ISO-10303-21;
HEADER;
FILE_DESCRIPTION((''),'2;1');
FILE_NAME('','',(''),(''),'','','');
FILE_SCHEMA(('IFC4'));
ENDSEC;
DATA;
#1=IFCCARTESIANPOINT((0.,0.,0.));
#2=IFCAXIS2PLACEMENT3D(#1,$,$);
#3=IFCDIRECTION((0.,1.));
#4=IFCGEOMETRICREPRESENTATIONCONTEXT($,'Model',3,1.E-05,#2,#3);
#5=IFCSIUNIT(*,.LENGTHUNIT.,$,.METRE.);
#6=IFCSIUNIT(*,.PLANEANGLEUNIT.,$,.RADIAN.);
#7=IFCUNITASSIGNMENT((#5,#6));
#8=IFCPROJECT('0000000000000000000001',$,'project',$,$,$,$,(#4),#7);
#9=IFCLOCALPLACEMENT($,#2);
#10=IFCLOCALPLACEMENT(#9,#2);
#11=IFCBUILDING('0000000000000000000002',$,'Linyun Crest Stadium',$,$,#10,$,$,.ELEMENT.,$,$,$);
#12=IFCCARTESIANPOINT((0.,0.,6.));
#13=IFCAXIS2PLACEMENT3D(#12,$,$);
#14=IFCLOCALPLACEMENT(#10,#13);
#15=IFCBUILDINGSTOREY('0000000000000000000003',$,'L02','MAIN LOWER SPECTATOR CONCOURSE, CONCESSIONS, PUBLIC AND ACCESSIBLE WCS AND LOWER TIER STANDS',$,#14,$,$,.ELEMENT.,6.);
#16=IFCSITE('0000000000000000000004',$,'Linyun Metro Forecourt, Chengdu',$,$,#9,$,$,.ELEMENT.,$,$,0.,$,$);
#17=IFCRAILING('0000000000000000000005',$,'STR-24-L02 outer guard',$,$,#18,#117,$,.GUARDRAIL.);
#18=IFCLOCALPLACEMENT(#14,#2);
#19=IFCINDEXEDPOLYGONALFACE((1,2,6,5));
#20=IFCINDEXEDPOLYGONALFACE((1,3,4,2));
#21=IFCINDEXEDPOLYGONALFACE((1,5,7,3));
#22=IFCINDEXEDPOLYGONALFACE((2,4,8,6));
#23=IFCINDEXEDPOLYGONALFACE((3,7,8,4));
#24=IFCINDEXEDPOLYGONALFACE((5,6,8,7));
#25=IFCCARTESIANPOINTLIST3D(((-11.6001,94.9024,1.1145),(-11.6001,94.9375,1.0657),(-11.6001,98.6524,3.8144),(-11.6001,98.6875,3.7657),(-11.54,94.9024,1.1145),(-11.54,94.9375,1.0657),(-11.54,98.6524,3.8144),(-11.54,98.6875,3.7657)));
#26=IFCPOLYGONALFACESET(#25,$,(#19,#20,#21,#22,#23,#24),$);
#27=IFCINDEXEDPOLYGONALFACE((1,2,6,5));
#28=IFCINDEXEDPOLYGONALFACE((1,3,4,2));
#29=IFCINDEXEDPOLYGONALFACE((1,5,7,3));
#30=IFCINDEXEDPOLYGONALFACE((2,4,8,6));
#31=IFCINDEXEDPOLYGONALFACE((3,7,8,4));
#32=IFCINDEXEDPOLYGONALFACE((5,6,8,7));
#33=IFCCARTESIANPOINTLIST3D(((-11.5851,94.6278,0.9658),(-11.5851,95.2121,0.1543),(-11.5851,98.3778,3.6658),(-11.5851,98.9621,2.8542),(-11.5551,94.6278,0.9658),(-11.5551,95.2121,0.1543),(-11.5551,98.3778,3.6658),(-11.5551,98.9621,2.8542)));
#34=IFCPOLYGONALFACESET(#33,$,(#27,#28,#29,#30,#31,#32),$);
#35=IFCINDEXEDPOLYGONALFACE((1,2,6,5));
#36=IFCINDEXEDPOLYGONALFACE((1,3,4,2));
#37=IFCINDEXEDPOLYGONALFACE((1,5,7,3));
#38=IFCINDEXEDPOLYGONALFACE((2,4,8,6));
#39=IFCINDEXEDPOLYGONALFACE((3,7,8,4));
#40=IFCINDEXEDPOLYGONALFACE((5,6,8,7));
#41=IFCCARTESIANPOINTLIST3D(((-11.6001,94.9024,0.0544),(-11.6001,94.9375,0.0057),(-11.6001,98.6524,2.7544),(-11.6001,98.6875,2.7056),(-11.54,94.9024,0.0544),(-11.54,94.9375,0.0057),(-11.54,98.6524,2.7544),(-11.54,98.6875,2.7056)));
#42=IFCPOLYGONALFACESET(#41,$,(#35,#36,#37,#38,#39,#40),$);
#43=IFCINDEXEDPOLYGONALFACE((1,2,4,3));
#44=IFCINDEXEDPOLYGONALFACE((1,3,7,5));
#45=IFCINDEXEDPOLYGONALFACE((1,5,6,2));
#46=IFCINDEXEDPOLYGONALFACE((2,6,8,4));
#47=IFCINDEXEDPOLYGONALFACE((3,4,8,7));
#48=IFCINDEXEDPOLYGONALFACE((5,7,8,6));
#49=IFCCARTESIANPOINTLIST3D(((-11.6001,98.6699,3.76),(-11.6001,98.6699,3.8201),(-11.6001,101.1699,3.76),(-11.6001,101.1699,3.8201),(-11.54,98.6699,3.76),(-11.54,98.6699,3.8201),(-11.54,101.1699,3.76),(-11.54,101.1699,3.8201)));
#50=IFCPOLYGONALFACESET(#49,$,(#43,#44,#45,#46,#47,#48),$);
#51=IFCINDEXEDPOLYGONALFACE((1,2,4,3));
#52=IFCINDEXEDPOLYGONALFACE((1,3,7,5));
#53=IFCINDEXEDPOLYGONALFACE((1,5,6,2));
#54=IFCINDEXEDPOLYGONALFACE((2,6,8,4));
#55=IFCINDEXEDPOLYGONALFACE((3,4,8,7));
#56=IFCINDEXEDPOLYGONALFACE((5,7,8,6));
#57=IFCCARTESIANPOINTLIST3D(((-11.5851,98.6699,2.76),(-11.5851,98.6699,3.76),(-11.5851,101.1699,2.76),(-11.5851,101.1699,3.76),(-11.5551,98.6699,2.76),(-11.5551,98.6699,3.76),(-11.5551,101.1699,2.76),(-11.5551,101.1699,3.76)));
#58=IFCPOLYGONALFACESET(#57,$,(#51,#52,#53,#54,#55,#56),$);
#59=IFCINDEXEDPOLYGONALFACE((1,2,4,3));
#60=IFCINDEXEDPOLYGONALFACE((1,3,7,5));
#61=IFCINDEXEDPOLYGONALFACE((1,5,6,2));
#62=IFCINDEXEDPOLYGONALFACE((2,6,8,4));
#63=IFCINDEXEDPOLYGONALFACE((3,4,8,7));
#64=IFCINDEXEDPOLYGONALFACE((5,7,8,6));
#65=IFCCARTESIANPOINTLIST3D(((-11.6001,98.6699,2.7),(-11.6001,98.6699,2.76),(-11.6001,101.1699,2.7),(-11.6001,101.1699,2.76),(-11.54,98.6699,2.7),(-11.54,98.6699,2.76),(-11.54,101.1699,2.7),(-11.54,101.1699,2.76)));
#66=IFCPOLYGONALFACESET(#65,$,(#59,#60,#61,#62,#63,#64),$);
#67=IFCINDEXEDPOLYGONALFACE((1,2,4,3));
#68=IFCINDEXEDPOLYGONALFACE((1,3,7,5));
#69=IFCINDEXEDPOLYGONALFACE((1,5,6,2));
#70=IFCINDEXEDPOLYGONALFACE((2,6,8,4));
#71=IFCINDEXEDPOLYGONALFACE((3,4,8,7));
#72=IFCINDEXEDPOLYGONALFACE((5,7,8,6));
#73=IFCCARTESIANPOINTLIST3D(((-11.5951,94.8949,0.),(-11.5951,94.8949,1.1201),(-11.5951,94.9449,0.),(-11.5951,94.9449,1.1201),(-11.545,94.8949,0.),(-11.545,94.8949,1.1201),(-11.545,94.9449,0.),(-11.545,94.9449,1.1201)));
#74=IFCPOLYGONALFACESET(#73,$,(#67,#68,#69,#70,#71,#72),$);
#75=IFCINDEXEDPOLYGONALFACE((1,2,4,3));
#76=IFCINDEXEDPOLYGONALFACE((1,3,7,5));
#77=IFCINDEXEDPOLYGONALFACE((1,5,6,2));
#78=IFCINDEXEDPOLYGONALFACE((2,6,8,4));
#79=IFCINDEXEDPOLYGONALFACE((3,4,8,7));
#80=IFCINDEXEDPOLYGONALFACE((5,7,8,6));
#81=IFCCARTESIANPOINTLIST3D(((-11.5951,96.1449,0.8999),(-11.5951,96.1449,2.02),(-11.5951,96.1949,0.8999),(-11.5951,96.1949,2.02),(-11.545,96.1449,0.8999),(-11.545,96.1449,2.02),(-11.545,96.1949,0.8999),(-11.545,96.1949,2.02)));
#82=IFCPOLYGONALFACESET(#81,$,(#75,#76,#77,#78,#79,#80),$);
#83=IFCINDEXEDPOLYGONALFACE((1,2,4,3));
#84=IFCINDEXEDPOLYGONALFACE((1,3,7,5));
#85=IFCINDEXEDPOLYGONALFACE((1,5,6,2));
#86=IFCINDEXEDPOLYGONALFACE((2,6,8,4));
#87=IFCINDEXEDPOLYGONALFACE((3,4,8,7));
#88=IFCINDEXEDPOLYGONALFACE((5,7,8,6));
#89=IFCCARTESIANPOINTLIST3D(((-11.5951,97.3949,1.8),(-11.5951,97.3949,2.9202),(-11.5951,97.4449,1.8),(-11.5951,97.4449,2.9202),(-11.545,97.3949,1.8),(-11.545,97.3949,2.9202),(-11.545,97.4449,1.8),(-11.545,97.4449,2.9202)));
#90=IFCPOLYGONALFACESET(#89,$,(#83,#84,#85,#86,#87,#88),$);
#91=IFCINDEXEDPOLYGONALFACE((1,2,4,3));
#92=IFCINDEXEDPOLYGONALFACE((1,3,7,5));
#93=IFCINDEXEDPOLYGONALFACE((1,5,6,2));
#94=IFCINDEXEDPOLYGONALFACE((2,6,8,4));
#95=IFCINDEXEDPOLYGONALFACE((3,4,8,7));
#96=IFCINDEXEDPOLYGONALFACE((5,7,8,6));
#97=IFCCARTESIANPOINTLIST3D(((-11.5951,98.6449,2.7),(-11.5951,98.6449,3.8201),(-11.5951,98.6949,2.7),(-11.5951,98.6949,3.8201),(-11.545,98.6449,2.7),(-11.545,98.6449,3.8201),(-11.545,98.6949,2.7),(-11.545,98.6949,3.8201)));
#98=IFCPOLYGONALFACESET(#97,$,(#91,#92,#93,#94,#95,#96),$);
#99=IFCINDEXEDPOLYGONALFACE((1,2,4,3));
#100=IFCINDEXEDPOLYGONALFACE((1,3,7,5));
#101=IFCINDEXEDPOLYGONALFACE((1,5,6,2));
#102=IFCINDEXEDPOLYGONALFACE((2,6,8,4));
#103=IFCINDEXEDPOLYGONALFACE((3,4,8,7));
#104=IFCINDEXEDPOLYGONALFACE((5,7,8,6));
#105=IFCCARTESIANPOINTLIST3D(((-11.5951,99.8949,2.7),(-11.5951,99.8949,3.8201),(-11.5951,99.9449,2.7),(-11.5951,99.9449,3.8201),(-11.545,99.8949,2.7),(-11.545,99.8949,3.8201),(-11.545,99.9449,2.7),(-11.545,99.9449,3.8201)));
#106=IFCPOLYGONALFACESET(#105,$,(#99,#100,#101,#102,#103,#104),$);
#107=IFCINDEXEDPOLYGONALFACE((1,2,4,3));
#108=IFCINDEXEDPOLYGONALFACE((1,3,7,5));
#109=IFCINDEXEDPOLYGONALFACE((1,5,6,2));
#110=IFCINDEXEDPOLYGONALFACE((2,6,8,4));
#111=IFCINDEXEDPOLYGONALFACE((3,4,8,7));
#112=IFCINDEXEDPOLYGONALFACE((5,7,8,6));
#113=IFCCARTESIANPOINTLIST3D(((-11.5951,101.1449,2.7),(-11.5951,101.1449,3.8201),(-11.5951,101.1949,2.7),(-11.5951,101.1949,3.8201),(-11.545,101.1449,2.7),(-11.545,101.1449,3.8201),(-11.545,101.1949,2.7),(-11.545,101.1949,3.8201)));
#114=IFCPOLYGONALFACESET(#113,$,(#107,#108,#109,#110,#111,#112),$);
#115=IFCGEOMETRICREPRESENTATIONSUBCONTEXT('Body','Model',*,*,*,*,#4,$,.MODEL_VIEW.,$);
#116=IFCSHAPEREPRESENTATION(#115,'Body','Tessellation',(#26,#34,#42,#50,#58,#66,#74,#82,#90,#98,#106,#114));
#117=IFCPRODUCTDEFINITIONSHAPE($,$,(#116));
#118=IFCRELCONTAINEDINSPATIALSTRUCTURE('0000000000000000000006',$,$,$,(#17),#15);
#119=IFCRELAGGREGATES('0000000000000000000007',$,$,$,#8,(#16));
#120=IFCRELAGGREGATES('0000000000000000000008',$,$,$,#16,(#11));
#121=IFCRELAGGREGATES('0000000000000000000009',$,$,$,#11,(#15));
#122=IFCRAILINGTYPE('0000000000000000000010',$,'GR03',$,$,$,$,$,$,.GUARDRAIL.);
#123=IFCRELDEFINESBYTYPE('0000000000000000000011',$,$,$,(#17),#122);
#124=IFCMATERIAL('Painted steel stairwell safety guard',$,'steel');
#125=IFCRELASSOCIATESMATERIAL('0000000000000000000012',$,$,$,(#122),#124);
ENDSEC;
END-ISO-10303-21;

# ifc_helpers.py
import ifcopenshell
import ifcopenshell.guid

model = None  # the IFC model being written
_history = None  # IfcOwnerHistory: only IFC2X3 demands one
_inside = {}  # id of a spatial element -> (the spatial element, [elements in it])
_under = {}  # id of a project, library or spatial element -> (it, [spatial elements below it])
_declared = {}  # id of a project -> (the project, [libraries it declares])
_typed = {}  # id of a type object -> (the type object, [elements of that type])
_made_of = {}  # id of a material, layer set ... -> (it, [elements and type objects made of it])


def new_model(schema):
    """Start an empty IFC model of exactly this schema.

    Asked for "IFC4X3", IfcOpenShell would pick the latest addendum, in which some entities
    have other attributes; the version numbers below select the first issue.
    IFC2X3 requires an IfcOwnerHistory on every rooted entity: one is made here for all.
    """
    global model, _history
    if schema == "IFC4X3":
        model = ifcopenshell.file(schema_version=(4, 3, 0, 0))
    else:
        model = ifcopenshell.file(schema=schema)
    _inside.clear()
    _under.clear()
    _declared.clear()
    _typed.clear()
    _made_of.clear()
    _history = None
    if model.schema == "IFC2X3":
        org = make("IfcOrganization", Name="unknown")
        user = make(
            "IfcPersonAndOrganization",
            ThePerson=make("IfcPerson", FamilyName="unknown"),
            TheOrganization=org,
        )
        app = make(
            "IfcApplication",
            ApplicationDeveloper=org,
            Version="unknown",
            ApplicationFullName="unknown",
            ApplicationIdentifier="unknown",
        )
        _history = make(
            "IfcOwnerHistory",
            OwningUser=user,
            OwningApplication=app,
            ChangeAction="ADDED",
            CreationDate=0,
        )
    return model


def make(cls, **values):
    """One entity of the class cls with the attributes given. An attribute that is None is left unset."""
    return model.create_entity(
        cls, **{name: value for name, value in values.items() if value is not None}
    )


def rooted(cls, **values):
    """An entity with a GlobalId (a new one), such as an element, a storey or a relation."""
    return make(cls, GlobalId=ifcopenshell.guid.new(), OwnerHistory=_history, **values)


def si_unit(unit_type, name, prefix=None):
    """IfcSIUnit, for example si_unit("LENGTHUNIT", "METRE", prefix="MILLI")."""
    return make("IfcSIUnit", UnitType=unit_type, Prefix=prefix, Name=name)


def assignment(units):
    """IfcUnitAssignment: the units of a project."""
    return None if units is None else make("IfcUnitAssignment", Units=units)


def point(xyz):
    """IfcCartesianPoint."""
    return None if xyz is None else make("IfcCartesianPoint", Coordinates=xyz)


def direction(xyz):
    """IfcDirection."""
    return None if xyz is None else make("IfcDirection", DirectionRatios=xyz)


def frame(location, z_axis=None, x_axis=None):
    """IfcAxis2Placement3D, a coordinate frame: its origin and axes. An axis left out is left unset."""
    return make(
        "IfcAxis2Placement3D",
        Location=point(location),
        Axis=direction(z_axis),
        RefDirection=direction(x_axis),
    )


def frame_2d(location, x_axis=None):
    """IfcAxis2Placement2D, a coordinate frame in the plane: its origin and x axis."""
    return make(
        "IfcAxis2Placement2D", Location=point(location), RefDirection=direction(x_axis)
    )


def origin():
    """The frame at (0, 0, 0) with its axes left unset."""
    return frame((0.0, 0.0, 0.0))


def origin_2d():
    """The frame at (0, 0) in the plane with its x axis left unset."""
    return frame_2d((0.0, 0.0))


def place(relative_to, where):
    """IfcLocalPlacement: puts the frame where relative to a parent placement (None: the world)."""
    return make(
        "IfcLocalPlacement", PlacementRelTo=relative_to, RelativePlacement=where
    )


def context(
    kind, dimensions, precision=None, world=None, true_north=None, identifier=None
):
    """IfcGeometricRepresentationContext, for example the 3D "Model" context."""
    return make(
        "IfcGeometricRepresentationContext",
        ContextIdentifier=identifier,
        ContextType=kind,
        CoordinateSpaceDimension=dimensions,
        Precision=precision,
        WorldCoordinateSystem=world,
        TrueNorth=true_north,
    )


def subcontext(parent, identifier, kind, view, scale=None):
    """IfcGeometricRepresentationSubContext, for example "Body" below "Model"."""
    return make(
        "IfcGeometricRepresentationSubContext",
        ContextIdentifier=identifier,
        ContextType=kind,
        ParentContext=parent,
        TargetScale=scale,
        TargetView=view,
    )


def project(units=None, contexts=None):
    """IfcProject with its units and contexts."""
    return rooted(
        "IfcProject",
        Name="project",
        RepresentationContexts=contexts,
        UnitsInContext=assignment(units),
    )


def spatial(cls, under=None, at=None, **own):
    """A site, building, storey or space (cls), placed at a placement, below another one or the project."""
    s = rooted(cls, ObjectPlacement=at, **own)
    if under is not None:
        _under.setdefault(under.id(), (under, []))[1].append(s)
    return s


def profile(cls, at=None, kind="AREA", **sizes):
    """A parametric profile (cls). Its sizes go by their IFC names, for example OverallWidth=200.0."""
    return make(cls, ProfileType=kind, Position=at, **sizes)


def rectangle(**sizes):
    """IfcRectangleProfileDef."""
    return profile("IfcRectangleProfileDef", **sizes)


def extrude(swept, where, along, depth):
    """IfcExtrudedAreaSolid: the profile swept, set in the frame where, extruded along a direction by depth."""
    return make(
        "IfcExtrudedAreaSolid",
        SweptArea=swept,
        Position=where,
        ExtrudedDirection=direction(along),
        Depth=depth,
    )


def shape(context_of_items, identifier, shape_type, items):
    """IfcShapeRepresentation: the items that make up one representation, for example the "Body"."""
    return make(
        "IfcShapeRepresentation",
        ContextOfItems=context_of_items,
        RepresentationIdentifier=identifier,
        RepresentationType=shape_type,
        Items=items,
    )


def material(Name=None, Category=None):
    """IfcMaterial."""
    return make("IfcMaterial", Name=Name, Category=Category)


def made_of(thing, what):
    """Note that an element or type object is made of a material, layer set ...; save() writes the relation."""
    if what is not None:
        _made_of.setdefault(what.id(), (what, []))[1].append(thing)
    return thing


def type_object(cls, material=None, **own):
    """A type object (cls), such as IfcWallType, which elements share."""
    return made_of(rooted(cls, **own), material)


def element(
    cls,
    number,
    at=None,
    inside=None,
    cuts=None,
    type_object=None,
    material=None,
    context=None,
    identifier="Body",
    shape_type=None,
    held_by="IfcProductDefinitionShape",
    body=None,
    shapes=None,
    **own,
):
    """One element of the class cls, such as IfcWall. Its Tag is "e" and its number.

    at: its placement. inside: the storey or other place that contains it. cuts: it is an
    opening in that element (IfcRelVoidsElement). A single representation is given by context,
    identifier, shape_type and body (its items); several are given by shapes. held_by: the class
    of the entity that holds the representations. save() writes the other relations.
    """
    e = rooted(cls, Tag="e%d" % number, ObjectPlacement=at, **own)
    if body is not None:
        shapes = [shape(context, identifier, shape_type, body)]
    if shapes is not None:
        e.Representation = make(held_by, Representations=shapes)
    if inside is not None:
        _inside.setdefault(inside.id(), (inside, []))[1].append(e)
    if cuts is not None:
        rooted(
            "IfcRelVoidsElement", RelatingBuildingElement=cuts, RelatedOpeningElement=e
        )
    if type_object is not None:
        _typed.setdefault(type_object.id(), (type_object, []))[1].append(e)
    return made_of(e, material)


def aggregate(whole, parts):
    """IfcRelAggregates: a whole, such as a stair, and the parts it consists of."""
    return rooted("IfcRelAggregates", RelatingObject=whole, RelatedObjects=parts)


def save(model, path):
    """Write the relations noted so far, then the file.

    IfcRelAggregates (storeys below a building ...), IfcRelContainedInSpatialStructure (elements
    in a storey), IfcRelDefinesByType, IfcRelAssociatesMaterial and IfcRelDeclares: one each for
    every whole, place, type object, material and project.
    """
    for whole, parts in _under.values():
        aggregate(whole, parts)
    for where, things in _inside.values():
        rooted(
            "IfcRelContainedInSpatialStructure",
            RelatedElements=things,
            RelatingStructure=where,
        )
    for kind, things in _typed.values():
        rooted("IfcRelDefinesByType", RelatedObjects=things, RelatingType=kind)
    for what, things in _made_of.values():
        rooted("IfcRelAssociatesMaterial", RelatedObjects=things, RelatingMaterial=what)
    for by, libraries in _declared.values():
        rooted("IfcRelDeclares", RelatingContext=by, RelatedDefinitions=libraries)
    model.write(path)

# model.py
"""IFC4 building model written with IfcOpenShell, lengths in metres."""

from ifc_helpers import new_model, si_unit, direction, frame, origin, origin_2d, place, context, subcontext, project, spatial, rectangle, extrude, material, type_object, element, save


model = new_model("IFC4")

# Units and contexts
model_context = context("Model", 3, precision=1e-05, world=origin(), true_north=direction((0.0, 1.0)))
body_context = subcontext(model_context, "Body", "Model", "MODEL_VIEW")
ifc_project = project(units=[si_unit("LENGTHUNIT", "METRE"), si_unit("PLANEANGLEUNIT", "RADIAN")], contexts=[model_context])

# Site, building, storey
site_placement = place(None, origin())
site = spatial("IfcSite", under=ifc_project, at=site_placement, Name="Linyun Metro Forecourt, Chengdu", CompositionType="ELEMENT", RefElevation=0.0)
building_placement = place(site_placement, origin())
building = spatial("IfcBuilding", under=site, at=building_placement, Name="Linyun Crest Stadium", CompositionType="ELEMENT")
storey_placement = place(building_placement, frame((0.0, 0.0, 6.0)))
storey = spatial("IfcBuildingStorey", under=building, at=storey_placement, Name="L02", Description="MAIN LOWER SPECTATOR CONCOURSE, CONCESSIONS, PUBLIC AND ACCESSIBLE WCS AND LOWER TIER STANDS", CompositionType="ELEMENT", Elevation=6.0)

# Railing
ifc_material_1 = material(Name="Painted steel stairwell safety guard", Category="steel")
railing_type_1 = type_object("IfcRailingType", Name="GR03", PredefinedType="GUARDRAIL", material=ifc_material_1)
railing_1_placement = place(storey_placement, frame((-11.5701, 94.9199, 0.0)))
element("IfcRailing", 1, at=railing_1_placement, inside=storey, type_object=railing_type_1, Name="STR-24-L02 outer guard", PredefinedType="GUARDRAIL", context=body_context, shape_type="SweptSolid", body=[
    extrude(rectangle(XDim=0.0601, YDim=0.0601, at=origin_2d()), frame((0.0, 0.0, 1.0901), z_axis=(0.0, 0.811539, 0.584298), x_axis=(-1.0, 0.0, 0.0)), (0.0, 0.0, 1.0), 4.6208),
    extrude(rectangle(XDim=0.03, YDim=1.0, at=origin_2d()), frame((0.0, 0.0, 0.5601), z_axis=(0.0, 0.811539, 0.584298), x_axis=(-1.0, 0.0, 0.0)), (0.0, 0.0, 1.0), 4.6208),
    extrude(rectangle(XDim=0.0601, YDim=0.0601, at=origin_2d()), frame((0.0, 0.0, 0.03), z_axis=(0.0, 0.811539, 0.584298), x_axis=(-1.0, 0.0, 0.0)), (0.0, 0.0, 1.0), 4.6208),
    extrude(rectangle(XDim=0.0601, YDim=0.0601, at=origin_2d()), frame((0.0, 3.75, 3.79), z_axis=(0.0, 1.0, 0.0), x_axis=(-1.0, 0.0, 0.0)), (0.0, 0.0, 1.0), 2.5),
    extrude(rectangle(XDim=0.03, YDim=1.0, at=origin_2d()), frame((0.0, 3.75, 3.26), z_axis=(0.0, 1.0, 0.0), x_axis=(-1.0, 0.0, 0.0)), (0.0, 0.0, 1.0), 2.5),
    extrude(rectangle(XDim=0.0601, YDim=0.0601, at=origin_2d()), frame((0.0, 3.75, 2.73), z_axis=(0.0, 1.0, 0.0), x_axis=(-1.0, 0.0, 0.0)), (0.0, 0.0, 1.0), 2.5),
    extrude(rectangle(XDim=0.05, YDim=0.05, at=origin_2d()), origin(), (0.0, 0.0, 1.0), 1.1201),
    extrude(rectangle(XDim=0.05, YDim=0.05, at=origin_2d()), frame((0.0, 1.25, 0.8999)), (0.0, 0.0, 1.0), 1.1201),
    extrude(rectangle(XDim=0.05, YDim=0.05, at=origin_2d()), frame((0.0, 2.5, 1.8)), (0.0, 0.0, 1.0), 1.1201),
    extrude(rectangle(XDim=0.05, YDim=0.05, at=origin_2d()), frame((0.0, 3.75, 2.7)), (0.0, 0.0, 1.0), 1.1201),
    extrude(rectangle(XDim=0.05, YDim=0.05, at=origin_2d()), frame((0.0, 5.0, 2.7)), (0.0, 0.0, 1.0), 1.1201),
    extrude(rectangle(XDim=0.05, YDim=0.05, at=origin_2d()), frame((0.0, 6.25, 2.7)), (0.0, 0.0, 1.0), 1.1201),
])

save(model, "model.ifc")
